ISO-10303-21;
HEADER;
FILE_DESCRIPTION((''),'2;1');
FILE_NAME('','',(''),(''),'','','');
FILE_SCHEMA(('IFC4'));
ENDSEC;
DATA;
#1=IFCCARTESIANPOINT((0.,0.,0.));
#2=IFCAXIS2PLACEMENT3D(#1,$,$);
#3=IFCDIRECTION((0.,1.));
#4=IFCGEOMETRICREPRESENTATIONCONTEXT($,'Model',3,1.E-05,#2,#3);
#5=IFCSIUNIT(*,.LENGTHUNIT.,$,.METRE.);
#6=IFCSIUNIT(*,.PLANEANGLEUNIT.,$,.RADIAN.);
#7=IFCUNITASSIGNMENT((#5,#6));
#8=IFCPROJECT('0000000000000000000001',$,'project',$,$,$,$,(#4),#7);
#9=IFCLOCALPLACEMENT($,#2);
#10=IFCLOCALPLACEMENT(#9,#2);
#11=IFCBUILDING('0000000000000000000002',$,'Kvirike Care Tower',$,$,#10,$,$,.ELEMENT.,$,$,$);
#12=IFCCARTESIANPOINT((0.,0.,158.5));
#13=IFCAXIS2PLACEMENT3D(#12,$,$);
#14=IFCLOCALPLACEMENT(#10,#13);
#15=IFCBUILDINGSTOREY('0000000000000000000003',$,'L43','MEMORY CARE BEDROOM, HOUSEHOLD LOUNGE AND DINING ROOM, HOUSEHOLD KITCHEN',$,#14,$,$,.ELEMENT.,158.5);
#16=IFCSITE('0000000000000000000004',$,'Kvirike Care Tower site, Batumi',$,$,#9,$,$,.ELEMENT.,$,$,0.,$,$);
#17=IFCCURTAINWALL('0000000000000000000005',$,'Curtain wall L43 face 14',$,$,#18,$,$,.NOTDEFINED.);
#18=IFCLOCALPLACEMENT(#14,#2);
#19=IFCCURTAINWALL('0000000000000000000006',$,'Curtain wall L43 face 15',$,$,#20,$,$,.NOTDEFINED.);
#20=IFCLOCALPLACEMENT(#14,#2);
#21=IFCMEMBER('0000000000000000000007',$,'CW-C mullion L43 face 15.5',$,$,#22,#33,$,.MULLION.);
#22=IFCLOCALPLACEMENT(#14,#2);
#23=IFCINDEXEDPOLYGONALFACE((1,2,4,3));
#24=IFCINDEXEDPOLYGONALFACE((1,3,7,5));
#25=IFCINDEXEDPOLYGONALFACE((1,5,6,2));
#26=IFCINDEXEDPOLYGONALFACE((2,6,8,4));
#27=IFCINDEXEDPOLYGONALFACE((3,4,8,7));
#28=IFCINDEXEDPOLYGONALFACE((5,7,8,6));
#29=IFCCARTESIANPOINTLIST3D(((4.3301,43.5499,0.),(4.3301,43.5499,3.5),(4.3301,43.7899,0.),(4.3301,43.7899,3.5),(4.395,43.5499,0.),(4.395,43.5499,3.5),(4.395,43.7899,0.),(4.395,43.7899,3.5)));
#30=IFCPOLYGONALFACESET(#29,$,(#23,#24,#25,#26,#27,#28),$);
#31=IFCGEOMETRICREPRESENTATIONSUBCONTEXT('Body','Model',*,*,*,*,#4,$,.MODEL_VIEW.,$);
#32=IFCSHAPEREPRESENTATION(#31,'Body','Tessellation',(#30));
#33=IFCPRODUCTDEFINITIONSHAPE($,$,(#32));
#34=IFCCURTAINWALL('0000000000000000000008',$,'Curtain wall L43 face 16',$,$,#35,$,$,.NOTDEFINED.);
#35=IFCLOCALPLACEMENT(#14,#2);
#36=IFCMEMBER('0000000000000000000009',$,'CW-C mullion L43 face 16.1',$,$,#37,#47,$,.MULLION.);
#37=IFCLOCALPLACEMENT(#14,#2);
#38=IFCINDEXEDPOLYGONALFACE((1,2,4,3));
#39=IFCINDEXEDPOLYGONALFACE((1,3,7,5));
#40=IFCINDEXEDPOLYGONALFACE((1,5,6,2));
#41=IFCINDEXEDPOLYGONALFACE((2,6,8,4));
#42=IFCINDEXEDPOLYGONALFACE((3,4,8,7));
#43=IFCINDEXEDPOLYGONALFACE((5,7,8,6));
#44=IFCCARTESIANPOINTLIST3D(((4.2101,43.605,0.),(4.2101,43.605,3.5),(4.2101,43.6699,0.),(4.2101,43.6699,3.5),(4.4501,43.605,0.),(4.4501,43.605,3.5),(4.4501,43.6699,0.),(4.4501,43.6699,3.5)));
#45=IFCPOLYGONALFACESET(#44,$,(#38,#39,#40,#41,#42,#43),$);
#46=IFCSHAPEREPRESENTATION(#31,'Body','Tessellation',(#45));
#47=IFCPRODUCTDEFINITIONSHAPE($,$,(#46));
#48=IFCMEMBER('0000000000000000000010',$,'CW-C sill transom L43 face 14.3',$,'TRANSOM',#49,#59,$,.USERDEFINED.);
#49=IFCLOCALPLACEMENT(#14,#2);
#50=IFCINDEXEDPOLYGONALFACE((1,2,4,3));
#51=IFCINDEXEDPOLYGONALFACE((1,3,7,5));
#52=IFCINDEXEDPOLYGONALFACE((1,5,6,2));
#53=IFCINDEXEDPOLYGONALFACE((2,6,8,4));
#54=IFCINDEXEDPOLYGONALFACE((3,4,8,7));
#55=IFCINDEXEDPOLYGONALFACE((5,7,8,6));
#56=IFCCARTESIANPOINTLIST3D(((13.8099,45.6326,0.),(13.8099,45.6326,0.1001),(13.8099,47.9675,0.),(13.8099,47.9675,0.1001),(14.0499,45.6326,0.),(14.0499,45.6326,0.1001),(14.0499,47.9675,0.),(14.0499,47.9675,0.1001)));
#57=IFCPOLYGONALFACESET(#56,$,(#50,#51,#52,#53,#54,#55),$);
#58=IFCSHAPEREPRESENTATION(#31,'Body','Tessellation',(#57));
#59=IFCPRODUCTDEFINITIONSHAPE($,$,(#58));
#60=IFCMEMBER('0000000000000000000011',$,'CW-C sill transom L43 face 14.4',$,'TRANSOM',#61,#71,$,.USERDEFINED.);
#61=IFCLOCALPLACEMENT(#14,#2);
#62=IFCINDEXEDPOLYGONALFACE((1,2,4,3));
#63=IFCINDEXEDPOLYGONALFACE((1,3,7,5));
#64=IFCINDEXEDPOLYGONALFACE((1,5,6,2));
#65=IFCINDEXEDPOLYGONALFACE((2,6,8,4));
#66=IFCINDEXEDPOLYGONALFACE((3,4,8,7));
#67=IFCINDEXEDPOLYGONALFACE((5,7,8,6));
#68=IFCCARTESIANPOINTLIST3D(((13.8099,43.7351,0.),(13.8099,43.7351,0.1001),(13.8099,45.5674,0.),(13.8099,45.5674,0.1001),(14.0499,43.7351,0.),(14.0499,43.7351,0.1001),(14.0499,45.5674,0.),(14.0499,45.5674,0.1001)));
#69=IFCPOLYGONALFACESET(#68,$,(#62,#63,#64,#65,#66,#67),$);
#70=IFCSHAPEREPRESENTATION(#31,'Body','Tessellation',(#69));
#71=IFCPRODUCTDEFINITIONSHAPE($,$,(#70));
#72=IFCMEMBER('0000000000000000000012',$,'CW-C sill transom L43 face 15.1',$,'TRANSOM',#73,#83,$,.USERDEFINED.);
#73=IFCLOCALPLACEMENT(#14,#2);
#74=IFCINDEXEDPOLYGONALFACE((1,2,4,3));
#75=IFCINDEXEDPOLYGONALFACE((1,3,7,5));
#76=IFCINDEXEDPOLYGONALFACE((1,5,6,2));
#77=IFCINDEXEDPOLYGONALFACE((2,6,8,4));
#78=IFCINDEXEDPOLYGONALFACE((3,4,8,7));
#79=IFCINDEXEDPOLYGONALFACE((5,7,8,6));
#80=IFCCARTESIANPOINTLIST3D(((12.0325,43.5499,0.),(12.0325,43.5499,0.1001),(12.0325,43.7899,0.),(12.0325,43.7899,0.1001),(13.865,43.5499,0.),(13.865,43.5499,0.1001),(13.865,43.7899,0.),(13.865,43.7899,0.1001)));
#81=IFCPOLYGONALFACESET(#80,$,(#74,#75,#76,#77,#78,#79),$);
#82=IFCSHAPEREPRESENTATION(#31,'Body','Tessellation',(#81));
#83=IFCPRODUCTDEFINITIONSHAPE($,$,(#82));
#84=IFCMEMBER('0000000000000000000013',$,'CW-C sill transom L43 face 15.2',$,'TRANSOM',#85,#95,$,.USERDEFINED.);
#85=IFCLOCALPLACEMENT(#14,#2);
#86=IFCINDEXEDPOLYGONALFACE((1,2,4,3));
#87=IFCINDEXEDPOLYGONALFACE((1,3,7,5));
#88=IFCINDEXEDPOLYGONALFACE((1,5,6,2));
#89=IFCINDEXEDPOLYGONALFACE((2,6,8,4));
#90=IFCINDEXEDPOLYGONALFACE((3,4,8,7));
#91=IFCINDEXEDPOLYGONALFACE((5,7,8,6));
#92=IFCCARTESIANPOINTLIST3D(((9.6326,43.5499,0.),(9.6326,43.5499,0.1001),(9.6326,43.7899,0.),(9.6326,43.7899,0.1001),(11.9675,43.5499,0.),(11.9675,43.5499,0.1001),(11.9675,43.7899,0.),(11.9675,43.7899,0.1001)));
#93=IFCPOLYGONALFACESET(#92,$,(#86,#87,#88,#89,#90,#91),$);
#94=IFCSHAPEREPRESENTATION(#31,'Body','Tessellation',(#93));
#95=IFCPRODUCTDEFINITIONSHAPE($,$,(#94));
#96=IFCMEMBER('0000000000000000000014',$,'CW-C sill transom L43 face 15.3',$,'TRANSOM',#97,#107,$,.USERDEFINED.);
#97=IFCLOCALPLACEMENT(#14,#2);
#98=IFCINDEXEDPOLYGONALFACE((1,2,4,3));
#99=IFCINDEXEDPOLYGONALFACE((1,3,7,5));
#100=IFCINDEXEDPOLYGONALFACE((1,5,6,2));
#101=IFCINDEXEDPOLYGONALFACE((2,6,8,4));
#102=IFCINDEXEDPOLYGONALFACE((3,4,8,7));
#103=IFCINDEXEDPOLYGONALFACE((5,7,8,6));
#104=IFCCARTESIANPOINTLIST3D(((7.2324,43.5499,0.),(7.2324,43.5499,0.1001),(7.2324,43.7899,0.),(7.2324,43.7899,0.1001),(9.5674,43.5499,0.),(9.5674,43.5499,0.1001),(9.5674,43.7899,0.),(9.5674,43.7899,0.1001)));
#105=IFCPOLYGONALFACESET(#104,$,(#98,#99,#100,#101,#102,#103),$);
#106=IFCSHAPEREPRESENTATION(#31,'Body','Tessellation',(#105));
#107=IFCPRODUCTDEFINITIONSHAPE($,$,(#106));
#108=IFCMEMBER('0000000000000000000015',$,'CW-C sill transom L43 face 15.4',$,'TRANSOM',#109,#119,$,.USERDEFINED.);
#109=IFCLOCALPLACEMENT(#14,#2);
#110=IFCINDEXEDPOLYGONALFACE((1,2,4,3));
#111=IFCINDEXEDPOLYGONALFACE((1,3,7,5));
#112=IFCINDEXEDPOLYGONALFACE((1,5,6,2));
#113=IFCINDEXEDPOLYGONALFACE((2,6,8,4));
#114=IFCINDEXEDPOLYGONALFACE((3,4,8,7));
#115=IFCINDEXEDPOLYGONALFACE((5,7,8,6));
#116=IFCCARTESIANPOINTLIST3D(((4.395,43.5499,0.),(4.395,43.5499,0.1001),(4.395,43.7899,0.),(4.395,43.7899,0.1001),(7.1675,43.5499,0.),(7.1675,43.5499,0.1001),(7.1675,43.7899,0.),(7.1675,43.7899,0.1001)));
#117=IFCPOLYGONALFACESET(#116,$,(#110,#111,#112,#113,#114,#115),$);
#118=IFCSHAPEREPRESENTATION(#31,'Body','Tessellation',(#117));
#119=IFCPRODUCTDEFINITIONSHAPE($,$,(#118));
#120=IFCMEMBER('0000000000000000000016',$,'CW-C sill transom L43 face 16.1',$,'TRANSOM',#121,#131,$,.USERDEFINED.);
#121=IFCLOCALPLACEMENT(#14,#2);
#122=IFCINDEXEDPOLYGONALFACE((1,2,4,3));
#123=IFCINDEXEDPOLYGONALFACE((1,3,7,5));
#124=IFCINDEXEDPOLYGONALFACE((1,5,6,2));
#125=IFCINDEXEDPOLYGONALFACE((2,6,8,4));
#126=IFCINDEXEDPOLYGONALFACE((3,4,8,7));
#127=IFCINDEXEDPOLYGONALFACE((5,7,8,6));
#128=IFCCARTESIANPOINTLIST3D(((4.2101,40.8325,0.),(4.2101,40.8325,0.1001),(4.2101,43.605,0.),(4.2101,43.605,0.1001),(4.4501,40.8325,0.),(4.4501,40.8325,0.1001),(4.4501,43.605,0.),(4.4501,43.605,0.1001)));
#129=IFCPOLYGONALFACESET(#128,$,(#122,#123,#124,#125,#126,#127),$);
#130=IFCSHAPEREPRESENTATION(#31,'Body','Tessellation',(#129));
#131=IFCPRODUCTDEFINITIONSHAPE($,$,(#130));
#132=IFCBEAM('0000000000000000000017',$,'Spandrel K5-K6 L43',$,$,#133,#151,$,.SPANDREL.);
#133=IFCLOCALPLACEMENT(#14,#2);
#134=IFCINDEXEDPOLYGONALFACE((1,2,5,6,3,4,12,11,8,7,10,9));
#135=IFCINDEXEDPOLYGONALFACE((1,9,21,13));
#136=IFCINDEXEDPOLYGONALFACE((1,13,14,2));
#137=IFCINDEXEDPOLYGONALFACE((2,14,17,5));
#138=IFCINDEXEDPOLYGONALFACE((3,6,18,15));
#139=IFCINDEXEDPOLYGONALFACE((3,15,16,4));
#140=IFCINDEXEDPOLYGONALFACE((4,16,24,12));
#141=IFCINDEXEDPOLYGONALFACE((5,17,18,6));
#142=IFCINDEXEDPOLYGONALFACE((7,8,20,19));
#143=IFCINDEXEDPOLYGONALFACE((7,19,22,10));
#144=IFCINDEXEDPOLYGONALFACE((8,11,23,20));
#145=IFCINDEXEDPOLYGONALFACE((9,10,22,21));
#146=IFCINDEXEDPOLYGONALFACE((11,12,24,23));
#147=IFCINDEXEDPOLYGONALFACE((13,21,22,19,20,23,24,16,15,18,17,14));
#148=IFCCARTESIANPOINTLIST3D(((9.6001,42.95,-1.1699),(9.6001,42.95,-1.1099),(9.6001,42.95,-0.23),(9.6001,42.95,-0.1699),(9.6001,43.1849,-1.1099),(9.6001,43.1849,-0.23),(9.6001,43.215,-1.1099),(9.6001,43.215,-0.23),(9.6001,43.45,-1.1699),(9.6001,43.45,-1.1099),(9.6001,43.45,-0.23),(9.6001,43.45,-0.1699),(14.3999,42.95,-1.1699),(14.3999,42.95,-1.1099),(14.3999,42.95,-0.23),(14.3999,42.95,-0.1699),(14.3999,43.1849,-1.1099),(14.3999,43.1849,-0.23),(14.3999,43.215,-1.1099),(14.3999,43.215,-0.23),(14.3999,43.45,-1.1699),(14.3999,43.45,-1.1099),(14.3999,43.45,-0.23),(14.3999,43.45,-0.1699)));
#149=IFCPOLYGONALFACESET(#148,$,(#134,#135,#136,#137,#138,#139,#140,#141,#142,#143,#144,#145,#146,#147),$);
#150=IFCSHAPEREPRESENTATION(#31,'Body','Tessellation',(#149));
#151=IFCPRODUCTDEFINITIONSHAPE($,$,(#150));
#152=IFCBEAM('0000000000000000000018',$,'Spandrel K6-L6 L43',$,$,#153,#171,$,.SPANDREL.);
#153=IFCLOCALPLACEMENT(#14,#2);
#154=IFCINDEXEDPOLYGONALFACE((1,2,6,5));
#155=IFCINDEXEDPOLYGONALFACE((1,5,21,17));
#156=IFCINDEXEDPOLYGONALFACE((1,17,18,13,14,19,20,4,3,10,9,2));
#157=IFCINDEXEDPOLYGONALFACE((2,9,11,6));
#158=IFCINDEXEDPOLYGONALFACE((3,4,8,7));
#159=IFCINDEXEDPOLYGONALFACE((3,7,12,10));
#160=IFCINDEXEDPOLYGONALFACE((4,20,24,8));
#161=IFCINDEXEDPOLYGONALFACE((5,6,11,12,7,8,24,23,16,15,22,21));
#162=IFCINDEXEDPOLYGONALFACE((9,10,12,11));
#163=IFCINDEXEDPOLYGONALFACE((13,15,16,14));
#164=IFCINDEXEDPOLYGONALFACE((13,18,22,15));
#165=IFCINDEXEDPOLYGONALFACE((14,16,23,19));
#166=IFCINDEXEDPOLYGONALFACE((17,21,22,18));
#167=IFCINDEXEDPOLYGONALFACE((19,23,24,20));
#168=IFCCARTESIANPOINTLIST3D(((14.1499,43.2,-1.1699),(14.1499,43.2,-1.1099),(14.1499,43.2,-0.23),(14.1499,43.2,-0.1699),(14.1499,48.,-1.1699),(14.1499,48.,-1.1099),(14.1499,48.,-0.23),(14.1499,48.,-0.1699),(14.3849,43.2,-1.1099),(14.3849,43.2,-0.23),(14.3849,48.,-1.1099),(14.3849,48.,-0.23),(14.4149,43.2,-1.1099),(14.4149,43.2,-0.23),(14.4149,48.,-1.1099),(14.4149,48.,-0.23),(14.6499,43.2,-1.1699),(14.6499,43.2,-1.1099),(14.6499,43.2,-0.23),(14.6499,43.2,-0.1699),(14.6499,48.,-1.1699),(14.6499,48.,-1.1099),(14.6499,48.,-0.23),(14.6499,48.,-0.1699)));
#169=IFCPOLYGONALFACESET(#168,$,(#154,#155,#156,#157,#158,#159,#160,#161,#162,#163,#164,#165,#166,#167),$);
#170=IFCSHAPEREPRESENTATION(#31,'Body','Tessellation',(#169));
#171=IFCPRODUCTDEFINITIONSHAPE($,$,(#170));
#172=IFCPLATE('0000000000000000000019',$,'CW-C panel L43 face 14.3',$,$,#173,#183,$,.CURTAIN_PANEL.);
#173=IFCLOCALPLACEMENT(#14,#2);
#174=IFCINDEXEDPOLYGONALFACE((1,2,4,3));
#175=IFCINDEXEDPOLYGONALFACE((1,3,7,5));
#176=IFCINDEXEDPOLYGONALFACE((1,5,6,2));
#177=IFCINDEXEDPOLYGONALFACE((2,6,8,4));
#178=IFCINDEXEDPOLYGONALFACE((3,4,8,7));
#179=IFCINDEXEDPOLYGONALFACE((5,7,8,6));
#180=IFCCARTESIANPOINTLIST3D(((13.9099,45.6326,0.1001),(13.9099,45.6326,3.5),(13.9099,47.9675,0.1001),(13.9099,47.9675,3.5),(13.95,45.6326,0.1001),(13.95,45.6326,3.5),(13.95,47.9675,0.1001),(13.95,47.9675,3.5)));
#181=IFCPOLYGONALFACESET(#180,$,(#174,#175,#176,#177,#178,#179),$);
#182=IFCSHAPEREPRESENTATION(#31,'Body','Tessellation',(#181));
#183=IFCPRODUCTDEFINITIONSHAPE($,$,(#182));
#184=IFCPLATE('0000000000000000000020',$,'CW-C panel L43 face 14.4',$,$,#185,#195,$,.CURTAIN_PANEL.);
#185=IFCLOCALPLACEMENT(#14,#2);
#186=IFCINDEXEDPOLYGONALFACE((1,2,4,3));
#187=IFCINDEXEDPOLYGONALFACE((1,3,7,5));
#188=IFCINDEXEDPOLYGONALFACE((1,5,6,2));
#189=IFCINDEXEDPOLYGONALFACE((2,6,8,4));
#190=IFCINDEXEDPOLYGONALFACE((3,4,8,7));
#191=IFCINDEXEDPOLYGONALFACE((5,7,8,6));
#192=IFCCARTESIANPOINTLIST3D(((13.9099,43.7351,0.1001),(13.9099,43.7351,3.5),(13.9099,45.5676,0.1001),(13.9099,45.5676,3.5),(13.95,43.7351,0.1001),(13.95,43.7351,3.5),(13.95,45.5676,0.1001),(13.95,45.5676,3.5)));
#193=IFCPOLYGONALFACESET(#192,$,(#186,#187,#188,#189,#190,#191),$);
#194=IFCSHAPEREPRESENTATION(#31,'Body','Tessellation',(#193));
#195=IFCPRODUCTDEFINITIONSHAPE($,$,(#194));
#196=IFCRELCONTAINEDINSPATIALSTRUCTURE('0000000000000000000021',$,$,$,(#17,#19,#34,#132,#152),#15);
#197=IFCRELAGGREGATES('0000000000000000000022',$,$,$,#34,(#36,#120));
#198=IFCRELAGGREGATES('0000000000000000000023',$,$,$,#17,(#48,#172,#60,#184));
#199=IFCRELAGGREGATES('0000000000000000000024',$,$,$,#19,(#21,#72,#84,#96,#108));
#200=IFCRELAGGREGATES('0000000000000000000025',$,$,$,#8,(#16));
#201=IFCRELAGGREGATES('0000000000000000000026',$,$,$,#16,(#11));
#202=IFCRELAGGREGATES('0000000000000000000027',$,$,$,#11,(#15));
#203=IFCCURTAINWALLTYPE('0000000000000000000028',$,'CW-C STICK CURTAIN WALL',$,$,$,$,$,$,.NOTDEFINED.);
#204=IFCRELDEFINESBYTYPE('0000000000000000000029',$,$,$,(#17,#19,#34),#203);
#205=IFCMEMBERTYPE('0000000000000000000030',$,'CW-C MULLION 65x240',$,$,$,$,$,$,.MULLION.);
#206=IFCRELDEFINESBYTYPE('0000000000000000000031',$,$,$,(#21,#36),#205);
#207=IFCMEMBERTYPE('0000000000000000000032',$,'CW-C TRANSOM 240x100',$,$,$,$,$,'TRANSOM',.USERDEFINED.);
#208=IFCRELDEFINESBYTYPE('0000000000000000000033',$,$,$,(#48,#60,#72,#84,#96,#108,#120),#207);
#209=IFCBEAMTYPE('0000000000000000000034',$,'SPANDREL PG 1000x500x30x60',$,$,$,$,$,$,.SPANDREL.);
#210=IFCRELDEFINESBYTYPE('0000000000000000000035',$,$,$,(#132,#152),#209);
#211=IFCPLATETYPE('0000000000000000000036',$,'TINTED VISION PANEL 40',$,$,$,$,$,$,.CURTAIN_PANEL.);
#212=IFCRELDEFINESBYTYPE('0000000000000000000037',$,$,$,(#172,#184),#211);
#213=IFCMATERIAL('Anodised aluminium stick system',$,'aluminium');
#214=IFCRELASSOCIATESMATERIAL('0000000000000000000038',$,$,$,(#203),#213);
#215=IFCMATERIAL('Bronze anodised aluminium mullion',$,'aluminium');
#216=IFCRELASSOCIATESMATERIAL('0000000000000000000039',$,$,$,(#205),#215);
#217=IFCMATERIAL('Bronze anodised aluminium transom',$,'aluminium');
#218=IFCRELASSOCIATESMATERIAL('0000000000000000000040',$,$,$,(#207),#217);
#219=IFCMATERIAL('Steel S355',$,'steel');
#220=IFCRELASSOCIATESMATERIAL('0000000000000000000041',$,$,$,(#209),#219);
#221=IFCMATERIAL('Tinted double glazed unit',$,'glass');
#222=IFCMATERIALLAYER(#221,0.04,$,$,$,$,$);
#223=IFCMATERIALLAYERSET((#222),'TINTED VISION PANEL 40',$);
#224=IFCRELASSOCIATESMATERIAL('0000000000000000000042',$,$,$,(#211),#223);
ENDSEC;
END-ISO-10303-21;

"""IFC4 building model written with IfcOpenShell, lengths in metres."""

from ifc_helpers import new_model, si_unit, direction, frame, origin, origin_2d, place, context, subcontext, project, spatial, rectangle, i_section, extrude, material, layer, layer_set, material_profile, profile_set, type_object, element, aggregate, save


model = new_model("IFC4")

# Units and contexts
model_context = context("Model", 3, precision=1e-05, world=origin(), true_north=direction((0.0, 1.0)))
body_context = subcontext(model_context, "Body", "Model", "MODEL_VIEW")
ifc_project = project(units=[si_unit("LENGTHUNIT", "METRE"), si_unit("PLANEANGLEUNIT", "RADIAN")], contexts=[model_context])

# Site, building, storey
site_placement = place(None, origin())
site = spatial("IfcSite", under=ifc_project, at=site_placement, Name="Kvirike Care Tower site, Batumi", CompositionType="ELEMENT", RefElevation=0.0)
building_placement = place(site_placement, origin())
building = spatial("IfcBuilding", under=site, at=building_placement, Name="Kvirike Care Tower", CompositionType="ELEMENT")
storey_placement = place(building_placement, frame((0.0, 0.0, 158.5)))
storey = spatial("IfcBuildingStorey", under=building, at=storey_placement, Name="L43", Description="MEMORY CARE BEDROOM, HOUSEHOLD LOUNGE AND DINING ROOM, HOUSEHOLD KITCHEN", CompositionType="ELEMENT", Elevation=158.5)

# Curtain walls
ifc_material_1 = material(Name="Anodised aluminium stick system", Category="aluminium")
curtain_wall_type = type_object("IfcCurtainWallType", Name="CW-C STICK CURTAIN WALL", PredefinedType="NOTDEFINED", material=ifc_material_1)
curtain_wall_1_placement = place(storey_placement, origin())
curtain_wall_1 = element("IfcCurtainWall", 1, at=curtain_wall_1_placement, inside=storey, type_object=curtain_wall_type, Name="Curtain wall L43 face 14", PredefinedType="NOTDEFINED")
curtain_wall_2_placement = place(storey_placement, origin())
curtain_wall_2 = element("IfcCurtainWall", 2, at=curtain_wall_2_placement, inside=storey, type_object=curtain_wall_type, Name="Curtain wall L43 face 15", PredefinedType="NOTDEFINED")

# Member
ifc_material_2 = material(Name="Bronze anodised aluminium mullion", Category="aluminium")
ifc_material_profile_1 = material_profile(ifc_material_2, rectangle(XDim=0.0649, YDim=0.24, at=origin_2d()), Name="CW-C MULLION 65x240")
ifc_profile_set_1 = profile_set([ifc_material_profile_1], Name="Bronze anodised aluminium mullion")
member_type_1 = type_object("IfcMemberType", Name="CW-C MULLION 65x240", PredefinedType="MULLION", material=ifc_profile_set_1)
member_1_placement = place(storey_placement, frame((4.3625, 43.6699, 0.0), z_axis=(0.0, 0.0, 1.0), x_axis=(-1.0, 0.0, 0.0)))
member_1 = element("IfcMember", 3, at=member_1_placement, type_object=member_type_1, Name="CW-C mullion L43 face 15.5", PredefinedType="MULLION", context=body_context, shape_type="SweptSolid", body=[
    extrude(rectangle(XDim=0.0649, YDim=0.24, at=origin_2d()), origin(), (0.0, 0.0, 1.0), 3.5),
])

# Curtain wall, member
curtain_wall_3_placement = place(storey_placement, origin())
curtain_wall_3 = element("IfcCurtainWall", 4, at=curtain_wall_3_placement, inside=storey, type_object=curtain_wall_type, Name="Curtain wall L43 face 16", PredefinedType="NOTDEFINED")
member_2_placement = place(storey_placement, frame((4.3301, 43.6375, 0.0), z_axis=(0.0, 0.0, 1.0), x_axis=(0.0, -1.0, 0.0)))
member_2 = element("IfcMember", 5, at=member_2_placement, type_object=member_type_1, Name="CW-C mullion L43 face 16.1", PredefinedType="MULLION", context=body_context, shape_type="SweptSolid", body=[
    extrude(rectangle(XDim=0.0649, YDim=0.24, at=origin_2d()), origin(), (0.0, 0.0, 1.0), 3.5),
])

# Members
ifc_material_3 = material(Name="Bronze anodised aluminium transom", Category="aluminium")
ifc_material_profile_2 = material_profile(ifc_material_3, rectangle(XDim=0.24, YDim=0.1001, at=origin_2d()), Name="CW-C TRANSOM 240x100")
ifc_profile_set_2 = profile_set([ifc_material_profile_2], Name="Bronze anodised aluminium transom")
member_type_2 = type_object("IfcMemberType", Name="CW-C TRANSOM 240x100", ElementType="TRANSOM", PredefinedType="USERDEFINED", material=ifc_profile_set_2)
member_3_placement = place(storey_placement, frame((13.9299, 47.9675, 0.05), z_axis=(0.0, -1.0, 0.0), x_axis=(1.0, 0.0, 0.0)))
member_3 = element("IfcMember", 6, at=member_3_placement, type_object=member_type_2, Name="CW-C sill transom L43 face 14.3", ObjectType="TRANSOM", PredefinedType="USERDEFINED", context=body_context, shape_type="SweptSolid", body=[
    extrude(rectangle(XDim=0.24, YDim=0.1001, at=origin_2d()), origin(), (0.0, 0.0, 1.0), 2.335),
])
member_4_placement = place(storey_placement, frame((13.9299, 45.5674, 0.05), z_axis=(0.0, -1.0, 0.0), x_axis=(1.0, 0.0, 0.0)))
member_4 = element("IfcMember", 7, at=member_4_placement, type_object=member_type_2, Name="CW-C sill transom L43 face 14.4", ObjectType="TRANSOM", PredefinedType="USERDEFINED", context=body_context, shape_type="SweptSolid", body=[
    extrude(rectangle(XDim=0.24, YDim=0.1001, at=origin_2d()), origin(), (0.0, 0.0, 1.0), 1.8323),
])
member_5_placement = place(storey_placement, frame((13.865, 43.6699, 0.05), z_axis=(-1.0, 0.0, 0.0), x_axis=(0.0, -1.0, 0.0)))
member_5 = element("IfcMember", 8, at=member_5_placement, type_object=member_type_2, Name="CW-C sill transom L43 face 15.1", ObjectType="TRANSOM", PredefinedType="USERDEFINED", context=body_context, shape_type="SweptSolid", body=[
    extrude(rectangle(XDim=0.24, YDim=0.1001, at=origin_2d()), origin(), (0.0, 0.0, 1.0), 1.8325),
])
member_6_placement = place(storey_placement, frame((11.9675, 43.6699, 0.05), z_axis=(-1.0, 0.0, 0.0), x_axis=(0.0, -1.0, 0.0)))
member_6 = element("IfcMember", 9, at=member_6_placement, type_object=member_type_2, Name="CW-C sill transom L43 face 15.2", ObjectType="TRANSOM", PredefinedType="USERDEFINED", context=body_context, shape_type="SweptSolid", body=[
    extrude(rectangle(XDim=0.24, YDim=0.1001, at=origin_2d()), origin(), (0.0, 0.0, 1.0), 2.335),
])
member_7_placement = place(storey_placement, frame((9.5674, 43.6699, 0.05), z_axis=(-1.0, 0.0, 0.0), x_axis=(0.0, -1.0, 0.0)))
member_7 = element("IfcMember", 10, at=member_7_placement, type_object=member_type_2, Name="CW-C sill transom L43 face 15.3", ObjectType="TRANSOM", PredefinedType="USERDEFINED", context=body_context, shape_type="SweptSolid", body=[
    extrude(rectangle(XDim=0.24, YDim=0.1001, at=origin_2d()), origin(), (0.0, 0.0, 1.0), 2.335),
])
member_8_placement = place(storey_placement, frame((7.1675, 43.6699, 0.05), z_axis=(-1.0, 0.0, 0.0), x_axis=(0.0, -1.0, 0.0)))
member_8 = element("IfcMember", 11, at=member_8_placement, type_object=member_type_2, Name="CW-C sill transom L43 face 15.4", ObjectType="TRANSOM", PredefinedType="USERDEFINED", context=body_context, shape_type="SweptSolid", body=[
    extrude(rectangle(XDim=0.24, YDim=0.1001, at=origin_2d()), origin(), (0.0, 0.0, 1.0), 2.7725),
])
member_9_placement = place(storey_placement, frame((4.3301, 43.605, 0.05), z_axis=(0.0, -1.0, 0.0), x_axis=(1.0, 0.0, 0.0)))
member_9 = element("IfcMember", 12, at=member_9_placement, type_object=member_type_2, Name="CW-C sill transom L43 face 16.1", ObjectType="TRANSOM", PredefinedType="USERDEFINED", context=body_context, shape_type="SweptSolid", body=[
    extrude(rectangle(XDim=0.24, YDim=0.1001, at=origin_2d()), origin(), (0.0, 0.0, 1.0), 2.7725),
])
aggregate(curtain_wall_3, [member_2, member_9])

# Beams
ifc_material_4 = material(Name="Steel S355", Category="steel")
ifc_material_profile_3 = material_profile(ifc_material_4, i_section(OverallWidth=0.5, OverallDepth=1.0, WebThickness=0.03, FlangeThickness=0.0601, at=origin_2d()), Name="PG 1000x500x30x60")
ifc_profile_set_3 = profile_set([ifc_material_profile_3], Name="Steel S355")
beam_type = type_object("IfcBeamType", Name="SPANDREL PG 1000x500x30x60", PredefinedType="SPANDREL", material=ifc_profile_set_3)
beam_1_placement = place(storey_placement, frame((9.6001, 43.2, -0.6699), z_axis=(1.0, 0.0, 0.0), x_axis=(0.0, 1.0, 0.0)))
element("IfcBeam", 13, at=beam_1_placement, inside=storey, type_object=beam_type, Name="Spandrel K5-K6 L43", PredefinedType="SPANDREL", context=body_context, shape_type="SweptSolid", body=[
    extrude(i_section(OverallWidth=0.5, OverallDepth=1.0, WebThickness=0.03, FlangeThickness=0.0601, at=origin_2d()), origin(), (0.0, 0.0, 1.0), 4.7998),
])
beam_2_placement = place(storey_placement, frame((14.3999, 43.2, -0.6699), z_axis=(0.0, 1.0, 0.0), x_axis=(-1.0, 0.0, 0.0)))
element("IfcBeam", 14, at=beam_2_placement, inside=storey, type_object=beam_type, Name="Spandrel K6-L6 L43", PredefinedType="SPANDREL", context=body_context, shape_type="SweptSolid", body=[
    extrude(i_section(OverallWidth=0.5, OverallDepth=1.0, WebThickness=0.03, FlangeThickness=0.0601, at=origin_2d()), origin(), (0.0, 0.0, 1.0), 4.8),
])

# Plates
ifc_material_5 = material(Name="Tinted double glazed unit", Category="glass")
ifc_layer_1 = layer(ifc_material_5, 0.04)
ifc_layer_set_1 = layer_set([ifc_layer_1], Name="TINTED VISION PANEL 40")
plate_type = type_object("IfcPlateType", Name="TINTED VISION PANEL 40", PredefinedType="CURTAIN_PANEL", material=ifc_layer_set_1)
plate_1_placement = place(storey_placement, frame((13.9299, 46.8, 0.1001), z_axis=(0.0, 0.0, 1.0), x_axis=(0.0, -1.0, 0.0)))
plate_1 = element("IfcPlate", 15, at=plate_1_placement, type_object=plate_type, Name="CW-C panel L43 face 14.3", PredefinedType="CURTAIN_PANEL", context=body_context, shape_type="SweptSolid", body=[
    extrude(rectangle(XDim=2.335, YDim=0.04, at=origin_2d()), origin(), (0.0, 0.0, 1.0), 3.3999),
])
plate_2_placement = place(storey_placement, frame((13.9299, 44.6514, 0.1001), z_axis=(0.0, 0.0, 1.0), x_axis=(0.0, -1.0, 0.0)))
plate_2 = element("IfcPlate", 16, at=plate_2_placement, type_object=plate_type, Name="CW-C panel L43 face 14.4", PredefinedType="CURTAIN_PANEL", context=body_context, shape_type="SweptSolid", body=[
    extrude(rectangle(XDim=1.8325, YDim=0.04, at=origin_2d()), origin(), (0.0, 0.0, 1.0), 3.3999),
])
aggregate(curtain_wall_1, [member_3, plate_1, member_4, plate_2])
aggregate(curtain_wall_2, [member_1, member_5, member_6, member_7, member_8])

save(model, "model.ifc")
